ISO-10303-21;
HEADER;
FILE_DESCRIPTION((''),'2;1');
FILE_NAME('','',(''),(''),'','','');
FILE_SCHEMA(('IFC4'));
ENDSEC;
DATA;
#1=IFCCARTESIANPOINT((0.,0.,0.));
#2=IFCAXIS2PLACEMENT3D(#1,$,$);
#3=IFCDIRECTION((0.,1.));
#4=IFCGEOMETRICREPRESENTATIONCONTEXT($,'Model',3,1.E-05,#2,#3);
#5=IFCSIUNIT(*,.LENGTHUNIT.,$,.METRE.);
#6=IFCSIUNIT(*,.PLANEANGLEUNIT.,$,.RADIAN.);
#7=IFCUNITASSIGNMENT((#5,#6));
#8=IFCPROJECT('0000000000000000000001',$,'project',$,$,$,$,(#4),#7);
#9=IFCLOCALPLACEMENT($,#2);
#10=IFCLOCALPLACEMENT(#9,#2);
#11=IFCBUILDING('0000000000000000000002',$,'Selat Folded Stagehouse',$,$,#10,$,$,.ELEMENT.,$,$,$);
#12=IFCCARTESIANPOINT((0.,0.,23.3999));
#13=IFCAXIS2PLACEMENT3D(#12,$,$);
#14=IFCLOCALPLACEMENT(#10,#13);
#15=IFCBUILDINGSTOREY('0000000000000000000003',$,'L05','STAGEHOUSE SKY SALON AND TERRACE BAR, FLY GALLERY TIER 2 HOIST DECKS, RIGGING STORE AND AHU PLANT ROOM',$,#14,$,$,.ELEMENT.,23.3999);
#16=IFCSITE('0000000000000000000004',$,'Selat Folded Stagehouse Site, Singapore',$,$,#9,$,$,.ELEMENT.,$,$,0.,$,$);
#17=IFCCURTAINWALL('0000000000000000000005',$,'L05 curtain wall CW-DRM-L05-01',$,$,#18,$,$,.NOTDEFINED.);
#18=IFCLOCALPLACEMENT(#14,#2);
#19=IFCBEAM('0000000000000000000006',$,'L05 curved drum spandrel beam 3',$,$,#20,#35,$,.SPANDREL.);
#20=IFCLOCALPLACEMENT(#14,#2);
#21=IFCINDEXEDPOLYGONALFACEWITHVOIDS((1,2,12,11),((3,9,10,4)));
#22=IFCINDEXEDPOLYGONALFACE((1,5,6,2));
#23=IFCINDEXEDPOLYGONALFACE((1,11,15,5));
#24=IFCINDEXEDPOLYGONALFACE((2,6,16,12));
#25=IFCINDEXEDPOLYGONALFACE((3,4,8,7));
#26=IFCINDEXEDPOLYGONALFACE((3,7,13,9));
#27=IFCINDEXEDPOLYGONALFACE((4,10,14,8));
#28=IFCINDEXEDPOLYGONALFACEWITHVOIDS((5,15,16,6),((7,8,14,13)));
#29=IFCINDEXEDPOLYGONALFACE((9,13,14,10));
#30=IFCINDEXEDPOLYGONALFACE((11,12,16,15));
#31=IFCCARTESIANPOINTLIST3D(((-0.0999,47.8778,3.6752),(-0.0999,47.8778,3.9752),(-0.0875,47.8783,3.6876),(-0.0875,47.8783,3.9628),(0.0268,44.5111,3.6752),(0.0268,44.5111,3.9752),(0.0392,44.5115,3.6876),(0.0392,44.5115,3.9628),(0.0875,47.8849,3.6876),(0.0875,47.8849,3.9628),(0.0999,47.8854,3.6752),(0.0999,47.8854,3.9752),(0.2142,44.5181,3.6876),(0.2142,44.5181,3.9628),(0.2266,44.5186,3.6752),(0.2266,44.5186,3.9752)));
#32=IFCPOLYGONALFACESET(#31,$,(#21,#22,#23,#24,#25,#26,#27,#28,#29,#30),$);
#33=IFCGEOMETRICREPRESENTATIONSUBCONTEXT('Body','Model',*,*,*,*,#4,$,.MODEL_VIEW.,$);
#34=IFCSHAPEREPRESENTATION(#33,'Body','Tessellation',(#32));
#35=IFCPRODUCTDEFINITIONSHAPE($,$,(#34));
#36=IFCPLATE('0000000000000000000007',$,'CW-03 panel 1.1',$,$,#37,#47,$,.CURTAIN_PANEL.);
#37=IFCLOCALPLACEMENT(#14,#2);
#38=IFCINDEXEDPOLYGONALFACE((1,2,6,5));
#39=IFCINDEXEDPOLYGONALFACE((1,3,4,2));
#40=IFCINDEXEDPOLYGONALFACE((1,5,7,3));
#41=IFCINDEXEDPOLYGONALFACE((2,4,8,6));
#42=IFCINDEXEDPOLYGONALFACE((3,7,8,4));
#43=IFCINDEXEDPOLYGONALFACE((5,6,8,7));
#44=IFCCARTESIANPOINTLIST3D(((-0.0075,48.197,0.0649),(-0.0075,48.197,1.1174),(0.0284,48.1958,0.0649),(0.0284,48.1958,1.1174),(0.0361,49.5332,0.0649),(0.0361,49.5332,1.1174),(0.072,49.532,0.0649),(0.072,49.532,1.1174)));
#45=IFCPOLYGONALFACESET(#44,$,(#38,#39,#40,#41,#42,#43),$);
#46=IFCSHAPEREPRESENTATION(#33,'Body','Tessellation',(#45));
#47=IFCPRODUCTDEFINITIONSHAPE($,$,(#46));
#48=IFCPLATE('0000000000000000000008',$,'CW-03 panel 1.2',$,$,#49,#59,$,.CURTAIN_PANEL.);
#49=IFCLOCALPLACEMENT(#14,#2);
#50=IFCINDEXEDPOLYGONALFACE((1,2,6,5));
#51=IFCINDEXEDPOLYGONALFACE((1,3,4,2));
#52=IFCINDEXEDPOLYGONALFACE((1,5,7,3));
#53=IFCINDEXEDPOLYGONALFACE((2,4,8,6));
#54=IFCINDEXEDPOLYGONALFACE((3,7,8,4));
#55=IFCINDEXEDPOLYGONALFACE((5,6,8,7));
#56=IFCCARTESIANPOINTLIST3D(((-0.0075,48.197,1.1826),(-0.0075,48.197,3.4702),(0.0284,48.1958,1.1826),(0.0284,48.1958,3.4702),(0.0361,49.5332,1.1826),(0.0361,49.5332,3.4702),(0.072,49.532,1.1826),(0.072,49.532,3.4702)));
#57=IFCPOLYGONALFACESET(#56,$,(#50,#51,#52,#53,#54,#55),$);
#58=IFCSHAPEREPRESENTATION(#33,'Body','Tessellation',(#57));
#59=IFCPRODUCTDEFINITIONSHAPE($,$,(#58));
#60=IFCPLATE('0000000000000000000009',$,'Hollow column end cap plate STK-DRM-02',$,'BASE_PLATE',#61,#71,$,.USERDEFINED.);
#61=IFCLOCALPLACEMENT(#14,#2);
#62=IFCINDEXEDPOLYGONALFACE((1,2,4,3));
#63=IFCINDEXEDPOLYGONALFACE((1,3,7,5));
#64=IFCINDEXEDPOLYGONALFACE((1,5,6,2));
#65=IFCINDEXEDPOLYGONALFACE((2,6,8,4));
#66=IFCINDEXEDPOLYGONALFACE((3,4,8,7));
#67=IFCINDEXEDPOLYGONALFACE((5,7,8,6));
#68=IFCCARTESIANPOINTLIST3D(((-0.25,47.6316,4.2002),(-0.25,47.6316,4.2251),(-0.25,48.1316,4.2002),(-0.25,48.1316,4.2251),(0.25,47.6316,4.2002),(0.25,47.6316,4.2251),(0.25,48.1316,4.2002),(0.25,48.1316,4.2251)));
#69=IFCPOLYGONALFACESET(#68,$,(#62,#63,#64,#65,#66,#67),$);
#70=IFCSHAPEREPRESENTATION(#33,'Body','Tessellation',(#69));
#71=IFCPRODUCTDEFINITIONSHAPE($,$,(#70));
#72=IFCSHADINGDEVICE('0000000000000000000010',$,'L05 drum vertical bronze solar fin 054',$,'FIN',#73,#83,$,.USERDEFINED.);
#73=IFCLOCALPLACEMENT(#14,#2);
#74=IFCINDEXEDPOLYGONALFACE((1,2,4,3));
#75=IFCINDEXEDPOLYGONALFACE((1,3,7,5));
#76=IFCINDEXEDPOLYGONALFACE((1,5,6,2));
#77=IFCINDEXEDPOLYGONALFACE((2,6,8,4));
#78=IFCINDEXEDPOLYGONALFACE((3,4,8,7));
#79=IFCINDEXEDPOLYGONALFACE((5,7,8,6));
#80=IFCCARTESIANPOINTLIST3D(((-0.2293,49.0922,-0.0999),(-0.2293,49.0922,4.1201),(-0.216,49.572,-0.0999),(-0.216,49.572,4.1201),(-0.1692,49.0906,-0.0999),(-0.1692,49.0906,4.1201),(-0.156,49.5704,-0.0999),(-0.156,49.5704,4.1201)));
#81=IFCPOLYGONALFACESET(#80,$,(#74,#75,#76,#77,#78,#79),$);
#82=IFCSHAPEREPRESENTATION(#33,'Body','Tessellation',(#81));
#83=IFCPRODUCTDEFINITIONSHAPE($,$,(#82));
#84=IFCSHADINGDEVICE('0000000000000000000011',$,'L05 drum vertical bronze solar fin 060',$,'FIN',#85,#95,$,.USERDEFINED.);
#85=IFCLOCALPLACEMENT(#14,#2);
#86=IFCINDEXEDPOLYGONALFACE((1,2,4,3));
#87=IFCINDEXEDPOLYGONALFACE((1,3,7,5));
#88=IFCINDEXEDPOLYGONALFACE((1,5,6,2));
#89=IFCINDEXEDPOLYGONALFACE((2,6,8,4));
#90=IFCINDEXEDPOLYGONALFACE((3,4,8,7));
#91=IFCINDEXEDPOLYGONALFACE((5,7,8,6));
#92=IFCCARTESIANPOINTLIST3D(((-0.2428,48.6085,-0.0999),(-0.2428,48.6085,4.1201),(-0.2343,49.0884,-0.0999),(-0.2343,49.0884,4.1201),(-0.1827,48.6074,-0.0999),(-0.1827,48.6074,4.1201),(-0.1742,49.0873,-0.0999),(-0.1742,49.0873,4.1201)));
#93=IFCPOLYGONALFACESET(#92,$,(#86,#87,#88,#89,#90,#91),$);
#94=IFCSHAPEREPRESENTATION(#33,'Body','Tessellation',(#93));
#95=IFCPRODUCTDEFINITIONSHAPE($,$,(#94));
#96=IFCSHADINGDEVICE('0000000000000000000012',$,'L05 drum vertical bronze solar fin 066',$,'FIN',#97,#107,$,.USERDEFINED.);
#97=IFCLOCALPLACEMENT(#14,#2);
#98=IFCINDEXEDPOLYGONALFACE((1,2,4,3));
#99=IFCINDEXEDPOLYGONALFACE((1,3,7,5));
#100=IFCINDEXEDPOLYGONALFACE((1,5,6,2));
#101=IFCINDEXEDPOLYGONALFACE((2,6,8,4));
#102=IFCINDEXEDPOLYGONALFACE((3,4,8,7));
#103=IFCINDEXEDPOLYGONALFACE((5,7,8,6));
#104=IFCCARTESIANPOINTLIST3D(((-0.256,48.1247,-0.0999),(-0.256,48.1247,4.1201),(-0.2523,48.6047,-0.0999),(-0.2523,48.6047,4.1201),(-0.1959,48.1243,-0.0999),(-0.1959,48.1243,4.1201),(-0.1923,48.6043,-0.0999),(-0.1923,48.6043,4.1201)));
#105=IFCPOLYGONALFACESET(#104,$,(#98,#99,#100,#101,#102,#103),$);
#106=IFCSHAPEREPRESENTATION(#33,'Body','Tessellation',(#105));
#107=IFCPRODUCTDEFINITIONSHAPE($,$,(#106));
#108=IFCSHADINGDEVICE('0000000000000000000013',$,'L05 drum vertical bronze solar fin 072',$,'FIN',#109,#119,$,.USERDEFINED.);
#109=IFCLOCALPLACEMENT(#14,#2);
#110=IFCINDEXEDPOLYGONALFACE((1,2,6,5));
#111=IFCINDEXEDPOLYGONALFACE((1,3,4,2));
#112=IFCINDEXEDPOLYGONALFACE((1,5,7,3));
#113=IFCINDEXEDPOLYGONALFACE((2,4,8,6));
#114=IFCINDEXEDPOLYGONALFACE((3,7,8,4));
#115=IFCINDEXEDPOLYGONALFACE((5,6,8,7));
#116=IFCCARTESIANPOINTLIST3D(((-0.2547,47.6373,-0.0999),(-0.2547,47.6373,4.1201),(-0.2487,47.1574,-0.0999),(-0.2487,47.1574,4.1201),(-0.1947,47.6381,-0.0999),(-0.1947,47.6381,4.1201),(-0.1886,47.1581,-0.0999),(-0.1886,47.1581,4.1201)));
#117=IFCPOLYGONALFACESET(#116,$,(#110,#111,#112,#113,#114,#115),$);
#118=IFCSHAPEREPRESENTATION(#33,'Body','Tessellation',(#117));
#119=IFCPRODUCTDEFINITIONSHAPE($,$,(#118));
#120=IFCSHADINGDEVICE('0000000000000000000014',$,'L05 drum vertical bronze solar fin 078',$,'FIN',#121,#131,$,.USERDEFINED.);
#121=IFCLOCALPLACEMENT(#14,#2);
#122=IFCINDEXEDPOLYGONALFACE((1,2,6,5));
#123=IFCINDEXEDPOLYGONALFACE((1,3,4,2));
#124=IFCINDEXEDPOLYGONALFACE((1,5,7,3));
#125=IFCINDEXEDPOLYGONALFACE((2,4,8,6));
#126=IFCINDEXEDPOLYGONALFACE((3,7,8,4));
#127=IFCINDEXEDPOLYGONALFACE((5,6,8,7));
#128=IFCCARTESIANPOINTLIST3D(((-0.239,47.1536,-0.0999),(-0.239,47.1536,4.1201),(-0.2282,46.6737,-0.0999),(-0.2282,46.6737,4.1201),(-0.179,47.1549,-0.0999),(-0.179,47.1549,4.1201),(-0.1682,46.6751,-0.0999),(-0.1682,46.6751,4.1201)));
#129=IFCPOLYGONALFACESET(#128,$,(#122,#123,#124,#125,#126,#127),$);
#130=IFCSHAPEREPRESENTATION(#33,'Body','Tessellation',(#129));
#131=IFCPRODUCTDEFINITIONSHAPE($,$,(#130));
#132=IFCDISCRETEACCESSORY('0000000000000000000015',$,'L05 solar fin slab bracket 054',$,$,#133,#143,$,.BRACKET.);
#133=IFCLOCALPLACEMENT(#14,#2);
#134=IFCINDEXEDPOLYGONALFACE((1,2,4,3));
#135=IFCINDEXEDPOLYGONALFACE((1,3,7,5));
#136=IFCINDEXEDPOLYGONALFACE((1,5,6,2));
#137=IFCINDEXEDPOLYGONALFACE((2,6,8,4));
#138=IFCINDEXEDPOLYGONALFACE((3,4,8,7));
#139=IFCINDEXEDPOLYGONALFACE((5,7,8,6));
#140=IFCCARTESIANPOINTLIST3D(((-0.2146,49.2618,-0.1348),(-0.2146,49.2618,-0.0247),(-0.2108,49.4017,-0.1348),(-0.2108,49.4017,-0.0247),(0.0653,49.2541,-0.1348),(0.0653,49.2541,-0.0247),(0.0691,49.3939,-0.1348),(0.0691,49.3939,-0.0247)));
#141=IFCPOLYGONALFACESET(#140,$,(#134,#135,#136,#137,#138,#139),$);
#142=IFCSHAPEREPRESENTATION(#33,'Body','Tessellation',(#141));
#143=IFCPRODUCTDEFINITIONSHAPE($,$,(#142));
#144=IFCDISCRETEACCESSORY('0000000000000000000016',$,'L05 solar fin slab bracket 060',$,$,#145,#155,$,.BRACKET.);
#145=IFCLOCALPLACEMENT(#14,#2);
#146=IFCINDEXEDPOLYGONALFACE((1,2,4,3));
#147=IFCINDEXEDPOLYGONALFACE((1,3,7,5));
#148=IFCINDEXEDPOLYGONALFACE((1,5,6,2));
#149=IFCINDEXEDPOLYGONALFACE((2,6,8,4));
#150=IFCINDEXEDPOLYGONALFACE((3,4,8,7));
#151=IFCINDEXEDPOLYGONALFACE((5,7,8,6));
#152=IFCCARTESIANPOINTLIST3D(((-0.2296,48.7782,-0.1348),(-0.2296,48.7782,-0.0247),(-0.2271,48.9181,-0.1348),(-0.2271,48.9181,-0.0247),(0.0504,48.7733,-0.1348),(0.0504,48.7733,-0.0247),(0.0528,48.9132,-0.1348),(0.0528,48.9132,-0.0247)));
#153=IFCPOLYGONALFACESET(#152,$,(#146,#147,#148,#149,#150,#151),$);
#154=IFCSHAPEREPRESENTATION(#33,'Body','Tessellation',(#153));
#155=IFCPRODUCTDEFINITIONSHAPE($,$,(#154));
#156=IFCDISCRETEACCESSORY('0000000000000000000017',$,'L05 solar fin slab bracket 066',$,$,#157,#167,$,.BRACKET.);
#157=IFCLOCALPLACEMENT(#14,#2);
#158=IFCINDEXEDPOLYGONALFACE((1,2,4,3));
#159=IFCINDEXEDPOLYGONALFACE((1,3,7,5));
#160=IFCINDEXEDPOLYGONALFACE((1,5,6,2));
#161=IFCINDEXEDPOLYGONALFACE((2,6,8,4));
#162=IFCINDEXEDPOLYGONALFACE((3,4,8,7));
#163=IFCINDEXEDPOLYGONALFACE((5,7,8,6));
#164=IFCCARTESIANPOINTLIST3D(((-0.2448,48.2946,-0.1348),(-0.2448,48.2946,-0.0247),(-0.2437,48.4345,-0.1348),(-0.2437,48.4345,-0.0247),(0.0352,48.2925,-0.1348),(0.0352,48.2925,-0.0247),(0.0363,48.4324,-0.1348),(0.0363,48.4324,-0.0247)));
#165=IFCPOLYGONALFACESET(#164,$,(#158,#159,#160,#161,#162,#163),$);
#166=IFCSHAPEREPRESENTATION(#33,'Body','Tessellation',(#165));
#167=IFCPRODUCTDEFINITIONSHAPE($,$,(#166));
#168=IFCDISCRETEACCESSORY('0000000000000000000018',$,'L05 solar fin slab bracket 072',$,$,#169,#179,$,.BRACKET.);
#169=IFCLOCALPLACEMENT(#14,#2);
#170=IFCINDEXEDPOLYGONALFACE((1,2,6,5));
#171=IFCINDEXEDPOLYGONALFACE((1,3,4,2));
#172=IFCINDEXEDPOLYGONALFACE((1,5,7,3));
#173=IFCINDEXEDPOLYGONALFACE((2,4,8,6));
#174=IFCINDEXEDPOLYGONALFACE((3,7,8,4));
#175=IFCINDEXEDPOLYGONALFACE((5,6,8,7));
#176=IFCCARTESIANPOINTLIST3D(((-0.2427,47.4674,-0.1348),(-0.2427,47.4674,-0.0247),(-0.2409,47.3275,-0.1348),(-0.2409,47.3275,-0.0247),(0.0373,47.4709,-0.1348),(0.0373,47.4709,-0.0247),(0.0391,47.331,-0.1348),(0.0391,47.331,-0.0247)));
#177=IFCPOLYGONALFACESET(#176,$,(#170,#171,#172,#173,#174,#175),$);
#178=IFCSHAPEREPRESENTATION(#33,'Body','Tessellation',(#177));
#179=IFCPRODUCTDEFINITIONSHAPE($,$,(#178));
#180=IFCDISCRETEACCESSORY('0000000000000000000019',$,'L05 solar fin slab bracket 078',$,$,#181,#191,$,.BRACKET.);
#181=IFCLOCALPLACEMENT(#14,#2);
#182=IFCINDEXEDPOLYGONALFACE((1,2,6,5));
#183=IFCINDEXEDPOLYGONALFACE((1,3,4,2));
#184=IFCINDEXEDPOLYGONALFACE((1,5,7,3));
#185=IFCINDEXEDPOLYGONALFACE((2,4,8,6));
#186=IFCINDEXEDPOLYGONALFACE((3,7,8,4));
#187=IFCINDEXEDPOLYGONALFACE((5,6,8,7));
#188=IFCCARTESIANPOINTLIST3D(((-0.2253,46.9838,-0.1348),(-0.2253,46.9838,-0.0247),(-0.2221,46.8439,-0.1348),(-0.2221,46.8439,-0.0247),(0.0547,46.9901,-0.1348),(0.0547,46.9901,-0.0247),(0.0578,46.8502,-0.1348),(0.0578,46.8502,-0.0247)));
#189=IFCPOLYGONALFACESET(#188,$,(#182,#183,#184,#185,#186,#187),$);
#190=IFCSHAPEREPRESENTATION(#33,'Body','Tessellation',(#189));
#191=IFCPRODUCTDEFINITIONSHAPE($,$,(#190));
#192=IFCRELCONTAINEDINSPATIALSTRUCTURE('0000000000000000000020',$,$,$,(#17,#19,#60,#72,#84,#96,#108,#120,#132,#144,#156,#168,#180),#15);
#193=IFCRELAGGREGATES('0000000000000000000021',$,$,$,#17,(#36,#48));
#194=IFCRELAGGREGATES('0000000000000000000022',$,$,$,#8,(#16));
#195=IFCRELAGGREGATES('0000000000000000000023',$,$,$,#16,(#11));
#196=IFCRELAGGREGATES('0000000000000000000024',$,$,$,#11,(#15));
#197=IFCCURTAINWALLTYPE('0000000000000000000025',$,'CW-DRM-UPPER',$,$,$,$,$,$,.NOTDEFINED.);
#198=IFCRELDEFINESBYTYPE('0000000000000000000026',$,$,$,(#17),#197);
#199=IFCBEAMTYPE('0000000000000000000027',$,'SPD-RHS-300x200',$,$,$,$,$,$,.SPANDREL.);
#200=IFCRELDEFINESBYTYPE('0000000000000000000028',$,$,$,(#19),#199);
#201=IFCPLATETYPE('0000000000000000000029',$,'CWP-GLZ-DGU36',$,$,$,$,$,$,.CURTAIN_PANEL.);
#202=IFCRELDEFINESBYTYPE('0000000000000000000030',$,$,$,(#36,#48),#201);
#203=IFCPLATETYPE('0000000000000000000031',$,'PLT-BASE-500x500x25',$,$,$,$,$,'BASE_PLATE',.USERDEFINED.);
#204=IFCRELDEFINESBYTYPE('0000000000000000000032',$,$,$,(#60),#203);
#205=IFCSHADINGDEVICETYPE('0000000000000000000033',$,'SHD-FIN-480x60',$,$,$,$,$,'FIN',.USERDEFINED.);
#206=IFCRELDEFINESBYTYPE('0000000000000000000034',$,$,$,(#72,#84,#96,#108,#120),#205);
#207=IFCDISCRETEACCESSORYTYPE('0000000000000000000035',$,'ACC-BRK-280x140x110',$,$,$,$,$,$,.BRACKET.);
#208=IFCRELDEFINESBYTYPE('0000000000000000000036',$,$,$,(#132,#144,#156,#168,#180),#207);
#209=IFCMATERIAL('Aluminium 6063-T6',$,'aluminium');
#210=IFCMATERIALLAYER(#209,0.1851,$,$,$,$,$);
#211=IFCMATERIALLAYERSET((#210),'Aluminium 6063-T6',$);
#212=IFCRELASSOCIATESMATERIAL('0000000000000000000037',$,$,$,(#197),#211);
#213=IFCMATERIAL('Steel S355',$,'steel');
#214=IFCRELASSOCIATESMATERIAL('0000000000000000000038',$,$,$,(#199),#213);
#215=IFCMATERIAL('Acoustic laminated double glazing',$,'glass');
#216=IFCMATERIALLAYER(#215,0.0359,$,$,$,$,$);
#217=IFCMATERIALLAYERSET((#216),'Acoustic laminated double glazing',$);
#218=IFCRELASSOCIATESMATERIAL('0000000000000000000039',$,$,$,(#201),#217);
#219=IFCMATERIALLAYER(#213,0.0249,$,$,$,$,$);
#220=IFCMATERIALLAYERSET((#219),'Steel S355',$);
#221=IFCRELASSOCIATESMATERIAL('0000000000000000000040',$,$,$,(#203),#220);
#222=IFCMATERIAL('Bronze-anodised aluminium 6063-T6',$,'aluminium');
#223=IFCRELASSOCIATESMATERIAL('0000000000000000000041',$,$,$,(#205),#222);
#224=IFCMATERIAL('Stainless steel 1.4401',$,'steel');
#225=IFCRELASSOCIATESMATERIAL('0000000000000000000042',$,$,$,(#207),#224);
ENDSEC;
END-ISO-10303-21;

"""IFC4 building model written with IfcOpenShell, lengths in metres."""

from ifc_helpers import new_model, si_unit, direction, frame, origin, origin_2d, place, context, subcontext, project, spatial, rectangle, hollow_rectangle, extrude, material, layer, layer_set, material_profile, profile_set, type_object, element, aggregate, save


model = new_model("IFC4")

# Units and contexts
model_context = context("Model", 3, precision=1e-05, world=origin(), true_north=direction((0.0, 1.0)))
body_context = subcontext(model_context, "Body", "Model", "MODEL_VIEW")
ifc_project = project(units=[si_unit("LENGTHUNIT", "METRE"), si_unit("PLANEANGLEUNIT", "RADIAN")], contexts=[model_context])

# Site, building, storey
site_placement = place(None, origin())
site = spatial("IfcSite", under=ifc_project, at=site_placement, Name="Selat Folded Stagehouse Site, Singapore", CompositionType="ELEMENT", RefElevation=0.0)
building_placement = place(site_placement, origin())
building = spatial("IfcBuilding", under=site, at=building_placement, Name="Selat Folded Stagehouse", CompositionType="ELEMENT")
storey_placement = place(building_placement, frame((0.0, 0.0, 23.3999)))
storey = spatial("IfcBuildingStorey", under=building, at=storey_placement, Name="L05", Description="STAGEHOUSE SKY SALON AND TERRACE BAR, FLY GALLERY TIER 2 HOIST DECKS, RIGGING STORE AND AHU PLANT ROOM", CompositionType="ELEMENT", Elevation=23.3999)

# Shared definitions
ifc_material_1 = material(Name="Steel S355", Category="steel")

# Curtain wall
ifc_material_2 = material(Name="Aluminium 6063-T6", Category="aluminium")
ifc_layer_1 = layer(ifc_material_2, 0.1851)
ifc_layer_set_1 = layer_set([ifc_layer_1], Name="Aluminium 6063-T6")
curtain_wall_type = type_object("IfcCurtainWallType", Name="CW-DRM-UPPER", PredefinedType="NOTDEFINED", material=ifc_layer_set_1)
curtain_wall_1_placement = place(storey_placement, origin())
curtain_wall_1 = element("IfcCurtainWall", 1, at=curtain_wall_1_placement, inside=storey, type_object=curtain_wall_type, Name="L05 curtain wall CW-DRM-L05-01", PredefinedType="NOTDEFINED")

# Beam
ifc_material_profile_1 = material_profile(ifc_material_1, hollow_rectangle(XDim=0.2, YDim=0.3, WallThickness=0.0125, at=origin_2d()), Name="RHS 300x200x12.5")
ifc_profile_set_1 = profile_set([ifc_material_profile_1], Name="Steel S355")
beam_type = type_object("IfcBeamType", Name="SPD-RHS-300x200", PredefinedType="SPANDREL", material=ifc_profile_set_1)
beam_placement = place(storey_placement, frame((0.0, 47.8816, 3.8252), z_axis=(0.037609, -0.999293, 0.0), x_axis=(0.999293, 0.037609, 0.0)))
element("IfcBeam", 2, at=beam_placement, inside=storey, type_object=beam_type, Name="L05 curved drum spandrel beam 3", PredefinedType="SPANDREL", context=body_context, shape_type="SweptSolid", body=[
    extrude(hollow_rectangle(XDim=0.2, YDim=0.3, WallThickness=0.0125, at=origin_2d()), origin(), (0.0, 0.0, 1.0), 3.3691),
])

# Plates
ifc_material_3 = material(Name="Acoustic laminated double glazing", Category="glass")
ifc_layer_2 = layer(ifc_material_3, 0.0359)
ifc_layer_set_2 = layer_set([ifc_layer_2], Name="Acoustic laminated double glazing")
plate_type_1 = type_object("IfcPlateType", Name="CWP-GLZ-DGU36", PredefinedType="CURTAIN_PANEL", material=ifc_layer_set_2)
plate_1_placement = place(storey_placement, frame((0.0322, 48.8645, 0.0649), z_axis=(0.0, 0.0, 1.0), x_axis=(0.032625, 0.999468, 0.0)))
plate_1 = element("IfcPlate", 3, at=plate_1_placement, type_object=plate_type_1, Name="CW-03 panel 1.1", PredefinedType="CURTAIN_PANEL", context=body_context, shape_type="SweptSolid", body=[
    extrude(rectangle(XDim=1.3369, YDim=0.0359, at=origin_2d()), origin(), (0.0, 0.0, 1.0), 1.0525),
])
plate_2_placement = place(storey_placement, frame((0.0322, 48.8645, 1.1826), z_axis=(0.0, 0.0, 1.0), x_axis=(0.032625, 0.999468, 0.0)))
plate_2 = element("IfcPlate", 4, at=plate_2_placement, type_object=plate_type_1, Name="CW-03 panel 1.2", PredefinedType="CURTAIN_PANEL", context=body_context, shape_type="SweptSolid", body=[
    extrude(rectangle(XDim=1.3369, YDim=0.0359, at=origin_2d()), origin(), (0.0, 0.0, 1.0), 2.2876),
])
aggregate(curtain_wall_1, [plate_1, plate_2])
ifc_layer_3 = layer(ifc_material_1, 0.0249)
ifc_layer_set_3 = layer_set([ifc_layer_3], Name="Steel S355")
plate_type_2 = type_object("IfcPlateType", Name="PLT-BASE-500x500x25", ElementType="BASE_PLATE", PredefinedType="USERDEFINED", material=ifc_layer_set_3)
plate_3_placement = place(storey_placement, frame((0.0, 47.8816, 4.2002), z_axis=(0.0, 0.0, 1.0), x_axis=(1.0, 0.0, 0.0)))
element("IfcPlate", 5, at=plate_3_placement, inside=storey, type_object=plate_type_2, Name="Hollow column end cap plate STK-DRM-02", ObjectType="BASE_PLATE", PredefinedType="USERDEFINED", context=body_context, shape_type="SweptSolid", body=[
    extrude(rectangle(XDim=0.5, YDim=0.5, at=origin_2d()), origin(), (0.0, 0.0, 1.0), 0.0249),
])

# Shading devices
ifc_material_4 = material(Name="Bronze-anodised aluminium 6063-T6", Category="aluminium")
ifc_material_profile_2 = material_profile(ifc_material_4, rectangle(XDim=0.0601, YDim=0.48, at=origin_2d()), Name="SOLAR-FIN 480x60")
ifc_profile_set_2 = profile_set([ifc_material_profile_2], Name="Bronze-anodised aluminium 6063-T6")
shading_device_type = type_object("IfcShadingDeviceType", Name="SHD-FIN-480x60", ElementType="FIN", PredefinedType="USERDEFINED", material=ifc_profile_set_2)
for number, where, z_axis, x_axis, name in (
    (6, (-0.1926, 49.3313, -0.0999), (0.0, 0.0, 1.0), (-0.99962, 0.027573, 0.0), "L05 drum vertical bronze solar fin 054"),
    (7, (-0.2085, 48.8479, -0.0999), (0.0, 0.0, 1.0), (-0.999845, 0.017627, 0.0), "L05 drum vertical bronze solar fin 060"),
    (8, (-0.2241, 48.3645, -0.0999), (0.0, 0.0, 1.0), (-0.999972, 0.007505, 0.0), "L05 drum vertical bronze solar fin 066"),
    (9, (-0.2217, 47.3977, -0.0999), (0.0, 0.0, 1.0), (-0.999921, -0.012566, 0.0), "L05 drum vertical bronze solar fin 072"),
    (10, (-0.2036, 46.9143, -0.0999), (0.0, 0.0, 1.0), (-0.999747, -0.022513, 0.0), "L05 drum vertical bronze solar fin 078"),
):
    element("IfcShadingDevice", number, at=place(storey_placement, frame(where, z_axis=z_axis, x_axis=x_axis)), inside=storey, type_object=shading_device_type, Name=name, ObjectType="FIN", PredefinedType="USERDEFINED", context=body_context, shape_type="SweptSolid", body=[
        extrude(rectangle(XDim=0.0601, YDim=0.48, at=origin_2d()), origin(), (0.0, 0.0, 1.0), 4.22),
    ])

# Discrete accessories
ifc_material_5 = material(Name="Stainless steel 1.4401", Category="steel")
discrete_accessory_type = type_object("IfcDiscreteAccessoryType", Name="ACC-BRK-280x140x110", PredefinedType="BRACKET", material=ifc_material_5)
for number, where, z_axis, x_axis, name in (
    (11, (-0.0728, 49.3279, -0.1348), (0.0, 0.0, 1.0), (-0.99962, 0.027573, 0.0), "L05 solar fin slab bracket 054"),
    (12, (-0.0884, 48.8457, -0.1348), (0.0, 0.0, 1.0), (-0.999845, 0.017627, 0.0), "L05 solar fin slab bracket 060"),
    (13, (-0.1042, 48.3635, -0.1348), (0.0, 0.0, 1.0), (-0.999972, 0.007505, 0.0), "L05 solar fin slab bracket 066"),
    (14, (-0.1018, 47.3992, -0.1348), (0.0, 0.0, 1.0), (-0.999921, -0.012566, 0.0), "L05 solar fin slab bracket 072"),
    (15, (-0.0837, 46.917, -0.1348), (0.0, 0.0, 1.0), (-0.999747, -0.022513, 0.0), "L05 solar fin slab bracket 078"),
):
    element("IfcDiscreteAccessory", number, at=place(storey_placement, frame(where, z_axis=z_axis, x_axis=x_axis)), inside=storey, type_object=discrete_accessory_type, Name=name, PredefinedType="BRACKET", context=body_context, shape_type="SweptSolid", body=[
        extrude(rectangle(XDim=0.28, YDim=0.1399, at=origin_2d()), origin(), (0.0, 0.0, 1.0), 0.1101),
    ])

save(model, "model.ifc")
